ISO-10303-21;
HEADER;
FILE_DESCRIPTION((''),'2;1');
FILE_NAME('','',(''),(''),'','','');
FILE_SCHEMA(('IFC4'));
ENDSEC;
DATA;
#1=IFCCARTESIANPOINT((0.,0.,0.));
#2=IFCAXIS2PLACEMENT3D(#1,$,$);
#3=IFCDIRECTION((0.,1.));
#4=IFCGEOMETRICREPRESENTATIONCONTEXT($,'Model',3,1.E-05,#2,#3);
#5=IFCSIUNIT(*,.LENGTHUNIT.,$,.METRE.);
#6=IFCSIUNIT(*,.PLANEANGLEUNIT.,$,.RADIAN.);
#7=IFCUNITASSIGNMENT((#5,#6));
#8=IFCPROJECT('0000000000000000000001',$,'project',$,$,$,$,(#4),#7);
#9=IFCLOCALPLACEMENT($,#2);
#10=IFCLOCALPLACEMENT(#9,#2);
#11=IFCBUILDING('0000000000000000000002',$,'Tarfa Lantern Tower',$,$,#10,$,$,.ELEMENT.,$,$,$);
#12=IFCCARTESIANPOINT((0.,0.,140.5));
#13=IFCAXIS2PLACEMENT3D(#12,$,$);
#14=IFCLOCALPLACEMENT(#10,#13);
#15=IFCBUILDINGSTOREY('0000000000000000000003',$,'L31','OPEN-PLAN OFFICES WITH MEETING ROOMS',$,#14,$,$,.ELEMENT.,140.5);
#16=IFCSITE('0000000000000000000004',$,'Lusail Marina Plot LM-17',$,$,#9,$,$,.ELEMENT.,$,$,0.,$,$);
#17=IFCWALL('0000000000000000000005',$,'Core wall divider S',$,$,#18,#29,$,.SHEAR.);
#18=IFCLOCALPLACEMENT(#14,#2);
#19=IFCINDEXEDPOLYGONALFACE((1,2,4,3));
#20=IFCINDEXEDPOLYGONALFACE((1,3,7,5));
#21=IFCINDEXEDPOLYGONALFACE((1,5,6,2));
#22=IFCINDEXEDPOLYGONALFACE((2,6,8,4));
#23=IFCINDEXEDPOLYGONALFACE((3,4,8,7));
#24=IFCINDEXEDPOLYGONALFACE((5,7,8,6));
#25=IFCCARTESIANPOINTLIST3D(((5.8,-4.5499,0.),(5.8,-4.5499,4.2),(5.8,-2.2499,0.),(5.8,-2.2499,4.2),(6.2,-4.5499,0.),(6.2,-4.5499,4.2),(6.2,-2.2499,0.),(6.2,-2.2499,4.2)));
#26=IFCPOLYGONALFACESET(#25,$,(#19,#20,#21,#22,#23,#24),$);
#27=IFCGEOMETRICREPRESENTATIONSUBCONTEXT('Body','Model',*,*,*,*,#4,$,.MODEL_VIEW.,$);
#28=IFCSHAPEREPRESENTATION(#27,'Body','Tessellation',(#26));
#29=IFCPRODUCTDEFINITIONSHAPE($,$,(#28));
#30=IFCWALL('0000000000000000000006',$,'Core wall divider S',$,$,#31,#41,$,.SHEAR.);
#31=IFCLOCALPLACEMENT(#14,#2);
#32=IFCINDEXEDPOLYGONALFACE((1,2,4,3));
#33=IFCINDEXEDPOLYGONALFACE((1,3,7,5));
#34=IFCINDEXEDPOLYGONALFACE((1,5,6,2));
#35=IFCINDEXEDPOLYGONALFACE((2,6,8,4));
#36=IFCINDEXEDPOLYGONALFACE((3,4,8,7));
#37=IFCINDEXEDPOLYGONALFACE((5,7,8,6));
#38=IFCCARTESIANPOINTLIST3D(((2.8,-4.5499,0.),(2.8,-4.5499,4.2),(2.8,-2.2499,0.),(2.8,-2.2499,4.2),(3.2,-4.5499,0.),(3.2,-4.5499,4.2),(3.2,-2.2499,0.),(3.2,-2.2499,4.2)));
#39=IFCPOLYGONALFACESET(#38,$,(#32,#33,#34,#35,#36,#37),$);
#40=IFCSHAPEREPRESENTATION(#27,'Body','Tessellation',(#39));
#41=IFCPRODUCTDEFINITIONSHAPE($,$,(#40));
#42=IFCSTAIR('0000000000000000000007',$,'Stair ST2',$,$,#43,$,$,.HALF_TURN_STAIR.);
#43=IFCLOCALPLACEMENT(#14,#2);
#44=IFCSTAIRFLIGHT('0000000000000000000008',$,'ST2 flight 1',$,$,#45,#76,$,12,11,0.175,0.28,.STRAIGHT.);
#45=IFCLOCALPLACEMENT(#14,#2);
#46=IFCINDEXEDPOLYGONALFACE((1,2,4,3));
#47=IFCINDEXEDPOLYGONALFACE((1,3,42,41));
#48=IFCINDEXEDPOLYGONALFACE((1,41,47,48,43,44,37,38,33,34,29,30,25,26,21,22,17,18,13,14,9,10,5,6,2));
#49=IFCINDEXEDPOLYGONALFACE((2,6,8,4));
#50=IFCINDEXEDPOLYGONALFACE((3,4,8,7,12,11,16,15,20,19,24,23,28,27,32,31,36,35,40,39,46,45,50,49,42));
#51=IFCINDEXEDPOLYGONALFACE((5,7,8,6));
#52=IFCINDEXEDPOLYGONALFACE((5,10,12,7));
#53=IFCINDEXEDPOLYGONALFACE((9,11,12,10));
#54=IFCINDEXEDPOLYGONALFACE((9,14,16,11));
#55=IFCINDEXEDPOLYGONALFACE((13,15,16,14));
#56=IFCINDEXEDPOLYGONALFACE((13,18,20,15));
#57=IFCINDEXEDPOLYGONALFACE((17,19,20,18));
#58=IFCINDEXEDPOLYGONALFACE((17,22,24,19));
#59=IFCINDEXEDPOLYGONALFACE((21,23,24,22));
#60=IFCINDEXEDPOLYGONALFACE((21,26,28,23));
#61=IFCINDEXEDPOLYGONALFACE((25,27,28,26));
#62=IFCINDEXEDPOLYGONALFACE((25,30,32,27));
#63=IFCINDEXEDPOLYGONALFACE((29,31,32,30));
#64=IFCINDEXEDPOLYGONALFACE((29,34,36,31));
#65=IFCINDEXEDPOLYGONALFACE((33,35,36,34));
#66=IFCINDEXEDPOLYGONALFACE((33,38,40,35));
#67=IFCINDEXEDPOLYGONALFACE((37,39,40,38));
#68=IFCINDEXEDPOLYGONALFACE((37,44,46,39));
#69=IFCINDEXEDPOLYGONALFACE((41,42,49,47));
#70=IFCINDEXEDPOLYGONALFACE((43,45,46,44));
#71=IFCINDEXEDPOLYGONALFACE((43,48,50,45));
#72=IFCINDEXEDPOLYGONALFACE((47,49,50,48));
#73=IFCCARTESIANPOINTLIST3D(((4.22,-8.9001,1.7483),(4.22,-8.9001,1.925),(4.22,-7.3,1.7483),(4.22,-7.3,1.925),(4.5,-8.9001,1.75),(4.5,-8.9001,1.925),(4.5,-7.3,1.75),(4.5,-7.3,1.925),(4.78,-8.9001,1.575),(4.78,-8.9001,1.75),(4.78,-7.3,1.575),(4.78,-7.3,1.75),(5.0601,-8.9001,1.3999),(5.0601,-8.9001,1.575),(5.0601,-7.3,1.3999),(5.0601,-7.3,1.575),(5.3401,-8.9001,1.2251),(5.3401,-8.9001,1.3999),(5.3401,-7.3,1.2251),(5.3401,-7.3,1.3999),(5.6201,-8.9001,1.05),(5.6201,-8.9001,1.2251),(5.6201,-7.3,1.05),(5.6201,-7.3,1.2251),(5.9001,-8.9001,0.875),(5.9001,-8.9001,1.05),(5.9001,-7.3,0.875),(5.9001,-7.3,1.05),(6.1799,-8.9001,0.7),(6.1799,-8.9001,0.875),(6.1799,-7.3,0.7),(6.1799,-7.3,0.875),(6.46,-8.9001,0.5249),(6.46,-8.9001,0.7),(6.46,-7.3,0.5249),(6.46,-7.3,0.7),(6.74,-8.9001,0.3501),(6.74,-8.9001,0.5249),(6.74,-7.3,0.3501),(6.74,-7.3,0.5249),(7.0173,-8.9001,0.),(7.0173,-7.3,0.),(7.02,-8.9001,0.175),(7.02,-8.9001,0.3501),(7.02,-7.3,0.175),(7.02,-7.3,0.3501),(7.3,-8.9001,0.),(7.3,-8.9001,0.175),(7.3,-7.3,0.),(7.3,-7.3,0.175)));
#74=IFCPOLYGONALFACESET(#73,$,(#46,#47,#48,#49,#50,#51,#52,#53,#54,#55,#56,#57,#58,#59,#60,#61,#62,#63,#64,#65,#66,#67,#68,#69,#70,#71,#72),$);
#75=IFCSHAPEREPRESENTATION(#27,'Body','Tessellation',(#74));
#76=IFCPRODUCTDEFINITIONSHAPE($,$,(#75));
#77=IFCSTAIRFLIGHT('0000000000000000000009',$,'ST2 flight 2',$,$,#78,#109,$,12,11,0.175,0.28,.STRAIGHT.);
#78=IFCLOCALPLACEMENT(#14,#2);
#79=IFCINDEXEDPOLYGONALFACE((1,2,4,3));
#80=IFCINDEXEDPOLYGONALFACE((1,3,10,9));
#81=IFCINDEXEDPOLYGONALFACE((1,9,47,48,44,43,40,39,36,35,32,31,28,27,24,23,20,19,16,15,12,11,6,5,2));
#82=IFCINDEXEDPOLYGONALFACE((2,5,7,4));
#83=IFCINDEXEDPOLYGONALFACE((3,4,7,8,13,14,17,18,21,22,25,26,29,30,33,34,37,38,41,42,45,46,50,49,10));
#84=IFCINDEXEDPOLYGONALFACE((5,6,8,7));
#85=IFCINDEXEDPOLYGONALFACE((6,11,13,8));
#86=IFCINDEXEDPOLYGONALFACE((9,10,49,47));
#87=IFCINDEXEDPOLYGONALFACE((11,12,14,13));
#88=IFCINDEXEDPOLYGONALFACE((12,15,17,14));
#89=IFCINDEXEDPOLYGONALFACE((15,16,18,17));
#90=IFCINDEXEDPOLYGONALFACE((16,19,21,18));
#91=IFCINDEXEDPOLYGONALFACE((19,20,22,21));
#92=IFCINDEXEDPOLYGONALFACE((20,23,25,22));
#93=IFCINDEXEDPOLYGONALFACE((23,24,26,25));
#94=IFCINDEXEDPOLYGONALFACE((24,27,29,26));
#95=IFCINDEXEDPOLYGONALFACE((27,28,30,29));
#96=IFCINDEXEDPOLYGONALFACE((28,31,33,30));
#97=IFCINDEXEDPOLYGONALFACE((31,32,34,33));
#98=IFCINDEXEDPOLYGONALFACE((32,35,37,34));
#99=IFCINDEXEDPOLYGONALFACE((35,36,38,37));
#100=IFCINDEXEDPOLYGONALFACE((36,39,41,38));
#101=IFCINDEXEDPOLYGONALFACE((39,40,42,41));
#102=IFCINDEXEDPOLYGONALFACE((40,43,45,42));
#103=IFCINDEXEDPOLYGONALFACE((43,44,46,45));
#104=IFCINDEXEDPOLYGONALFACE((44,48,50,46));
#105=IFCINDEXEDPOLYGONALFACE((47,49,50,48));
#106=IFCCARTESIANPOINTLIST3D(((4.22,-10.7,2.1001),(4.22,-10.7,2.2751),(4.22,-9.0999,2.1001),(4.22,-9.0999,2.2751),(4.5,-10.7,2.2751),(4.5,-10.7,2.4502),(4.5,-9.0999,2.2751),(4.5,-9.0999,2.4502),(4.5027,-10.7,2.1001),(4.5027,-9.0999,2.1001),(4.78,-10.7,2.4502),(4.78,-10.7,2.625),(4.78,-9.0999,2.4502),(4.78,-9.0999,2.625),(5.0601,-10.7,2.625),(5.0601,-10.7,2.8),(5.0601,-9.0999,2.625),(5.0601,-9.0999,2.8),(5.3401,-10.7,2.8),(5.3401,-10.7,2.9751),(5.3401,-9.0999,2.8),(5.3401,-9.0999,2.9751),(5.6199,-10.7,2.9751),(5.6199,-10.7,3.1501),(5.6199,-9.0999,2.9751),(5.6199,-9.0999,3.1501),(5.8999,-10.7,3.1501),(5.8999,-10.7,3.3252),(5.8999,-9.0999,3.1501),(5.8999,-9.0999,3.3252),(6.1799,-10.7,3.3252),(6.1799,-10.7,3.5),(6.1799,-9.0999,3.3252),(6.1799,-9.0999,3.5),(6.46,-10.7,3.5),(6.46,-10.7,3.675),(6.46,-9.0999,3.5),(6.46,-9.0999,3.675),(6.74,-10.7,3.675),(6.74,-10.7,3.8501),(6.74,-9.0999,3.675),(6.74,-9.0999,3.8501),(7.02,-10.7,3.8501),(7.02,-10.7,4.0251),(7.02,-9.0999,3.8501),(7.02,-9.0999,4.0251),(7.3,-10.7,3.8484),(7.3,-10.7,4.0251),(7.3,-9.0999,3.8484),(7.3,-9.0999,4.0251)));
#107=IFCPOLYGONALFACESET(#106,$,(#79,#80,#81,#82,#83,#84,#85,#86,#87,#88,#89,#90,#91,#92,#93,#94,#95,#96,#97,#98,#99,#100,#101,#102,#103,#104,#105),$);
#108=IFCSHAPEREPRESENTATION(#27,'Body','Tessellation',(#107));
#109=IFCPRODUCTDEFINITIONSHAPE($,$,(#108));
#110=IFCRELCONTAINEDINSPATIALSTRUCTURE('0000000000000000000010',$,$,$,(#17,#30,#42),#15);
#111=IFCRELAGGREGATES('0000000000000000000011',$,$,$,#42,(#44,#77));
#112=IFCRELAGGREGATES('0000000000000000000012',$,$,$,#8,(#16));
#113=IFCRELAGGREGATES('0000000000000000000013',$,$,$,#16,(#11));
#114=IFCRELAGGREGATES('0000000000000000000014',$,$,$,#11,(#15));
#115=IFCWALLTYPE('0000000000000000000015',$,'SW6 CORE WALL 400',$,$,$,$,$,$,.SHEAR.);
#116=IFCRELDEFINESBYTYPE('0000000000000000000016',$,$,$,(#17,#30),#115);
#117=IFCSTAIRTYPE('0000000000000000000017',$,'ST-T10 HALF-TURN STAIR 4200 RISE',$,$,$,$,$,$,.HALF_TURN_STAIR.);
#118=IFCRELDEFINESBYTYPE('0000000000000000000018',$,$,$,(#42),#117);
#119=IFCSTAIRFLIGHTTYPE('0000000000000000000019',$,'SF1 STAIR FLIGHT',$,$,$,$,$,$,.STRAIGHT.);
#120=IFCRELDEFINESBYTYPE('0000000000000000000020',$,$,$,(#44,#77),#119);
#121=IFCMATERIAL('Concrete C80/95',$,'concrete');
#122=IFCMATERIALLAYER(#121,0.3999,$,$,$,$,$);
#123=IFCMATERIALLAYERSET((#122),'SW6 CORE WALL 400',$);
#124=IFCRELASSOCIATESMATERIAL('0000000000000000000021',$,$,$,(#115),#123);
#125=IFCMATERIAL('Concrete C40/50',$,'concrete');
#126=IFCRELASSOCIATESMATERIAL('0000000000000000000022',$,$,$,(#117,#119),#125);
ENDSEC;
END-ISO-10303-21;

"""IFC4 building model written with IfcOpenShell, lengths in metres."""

from ifc_helpers import new_model, si_unit, direction, frame, frame_2d, origin, place, context, subcontext, project, spatial, polyline, rectangle, outline, extrude, material, layer, layer_set, type_object, element, aggregate, save


model = new_model("IFC4")

# Units and contexts
model_context = context("Model", 3, precision=1e-05, world=origin(), true_north=direction((0.0, 1.0)))
body_context = subcontext(model_context, "Body", "Model", "MODEL_VIEW")
ifc_project = project(units=[si_unit("LENGTHUNIT", "METRE"), si_unit("PLANEANGLEUNIT", "RADIAN")], contexts=[model_context])

# Site, building, storey
site_placement = place(None, origin())
site = spatial("IfcSite", under=ifc_project, at=site_placement, Name="Lusail Marina Plot LM-17", CompositionType="ELEMENT", RefElevation=0.0)
building_placement = place(site_placement, origin())
building = spatial("IfcBuilding", under=site, at=building_placement, Name="Tarfa Lantern Tower", CompositionType="ELEMENT")
storey_placement = place(building_placement, frame((0.0, 0.0, 140.5)))
storey = spatial("IfcBuildingStorey", under=building, at=storey_placement, Name="L31", Description="OPEN-PLAN OFFICES WITH MEETING ROOMS", CompositionType="ELEMENT", Elevation=140.5)

# Shared definitions
ifc_material_1 = material(Name="Concrete C80/95", Category="concrete")

# Walls
ifc_layer_1 = layer(ifc_material_1, 0.3999)
ifc_layer_set_1 = layer_set([ifc_layer_1], Name="SW6 CORE WALL 400")
wall_type_1 = type_object("IfcWallType", Name="SW6 CORE WALL 400", PredefinedType="SHEAR", material=ifc_layer_set_1)
for number, where, z_axis, x_axis, name in (
    (1, (6.0, -2.25, 0.0), (0.0, 0.0, 1.0), (0.0, -1.0, 0.0), "Core wall divider S"),
    (2, (3.0, -2.25, 0.0), (0.0, 0.0, 1.0), (0.0, -1.0, 0.0), "Core wall divider S"),
):
    element("IfcWall", number, at=place(storey_placement, frame(where, z_axis=z_axis, x_axis=x_axis)), inside=storey, type_object=wall_type_1, Name=name, PredefinedType="SHEAR", context=body_context, shape_type="SweptSolid", body=[
        extrude(rectangle(XDim=2.3, YDim=0.3999, at=frame_2d((1.1499, 0.0))), origin(), (0.0, 0.0, 1.0), 4.2),
    ])

# Stair, stair flights
ifc_material_2 = material(Name="Concrete C40/50", Category="concrete")
stair_type = type_object("IfcStairType", Name="ST-T10 HALF-TURN STAIR 4200 RISE", PredefinedType="HALF_TURN_STAIR", material=ifc_material_2)
stair_placement = place(storey_placement, origin())
stair = element("IfcStair", 3, at=stair_placement, inside=storey, type_object=stair_type, Name="Stair ST2", PredefinedType="HALF_TURN_STAIR")
stair_flight_type = type_object("IfcStairFlightType", Name="SF1 STAIR FLIGHT", PredefinedType="STRAIGHT", material=ifc_material_2)
stair_flight_1_placement = place(storey_placement, frame((7.3, -8.1001, 0.0), z_axis=(0.0, 0.0, 1.0), x_axis=(-1.0, 0.0, 0.0)))
stair_flight_1 = element("IfcStairFlight", 4, at=stair_flight_1_placement, type_object=stair_flight_type, Name="ST2 flight 1", NumberOfRisers=12, NumberOfTreads=11, PredefinedType="STRAIGHT", RiserHeight=0.175, TreadLength=0.28, context=body_context, shape_type="SweptSolid", body=[
    extrude(outline(polyline([(0.0, 0.0), (0.0, 0.175), (0.28, 0.175), (0.28, 0.3501), (0.5601, 0.3501), (0.5601, 0.5249), (0.8401, 0.5249), (0.8401, 0.7), (1.1201, 0.7), (1.1201, 0.875), (1.3999, 0.875), (1.3999, 1.05), (1.6799, 1.05), (1.6799, 1.2251), (1.96, 1.2251), (1.96, 1.3999), (2.24, 1.3999), (2.24, 1.575), (2.52, 1.575), (2.52, 1.75), (2.8, 1.75), (2.8, 1.925), (3.0801, 1.925), (3.0801, 2.1001), (3.0801, 1.7483), (0.2827, 0.0), (0.0, 0.0)])), frame((0.0, 0.8, 0.0), z_axis=(0.0, -1.0, 0.0), x_axis=(1.0, 0.0, 0.0)), (0.0, 0.0, 1.0), 1.6001),
])
stair_flight_2_placement = place(storey_placement, frame((4.22, -9.8999, 2.1001), z_axis=(0.0, 0.0, 1.0), x_axis=(1.0, 0.0, 0.0)))
stair_flight_2 = element("IfcStairFlight", 5, at=stair_flight_2_placement, type_object=stair_flight_type, Name="ST2 flight 2", NumberOfRisers=12, NumberOfTreads=11, PredefinedType="STRAIGHT", RiserHeight=0.175, TreadLength=0.28, context=body_context, shape_type="SweptSolid", body=[
    extrude(outline(polyline([(0.0, 0.0), (0.0, 0.175), (0.28, 0.175), (0.28, 0.3501), (0.5601, 0.3501), (0.5601, 0.5249), (0.8401, 0.5249), (0.8401, 0.7), (1.1201, 0.7), (1.1201, 0.875), (1.3999, 0.875), (1.3999, 1.05), (1.6799, 1.05), (1.6799, 1.2251), (1.96, 1.2251), (1.96, 1.3999), (2.24, 1.3999), (2.24, 1.575), (2.52, 1.575), (2.52, 1.75), (2.8, 1.75), (2.8, 1.925), (3.0801, 1.925), (3.0801, 2.1001), (3.0801, 1.7483), (0.2827, 0.0), (0.0, 0.0)])), frame((0.0, 0.8, 0.0), z_axis=(0.0, -1.0, 0.0), x_axis=(1.0, 0.0, 0.0)), (0.0, 0.0, 1.0), 1.6001),
])
aggregate(stair, [stair_flight_1, stair_flight_2])

save(model, "model.ifc")
